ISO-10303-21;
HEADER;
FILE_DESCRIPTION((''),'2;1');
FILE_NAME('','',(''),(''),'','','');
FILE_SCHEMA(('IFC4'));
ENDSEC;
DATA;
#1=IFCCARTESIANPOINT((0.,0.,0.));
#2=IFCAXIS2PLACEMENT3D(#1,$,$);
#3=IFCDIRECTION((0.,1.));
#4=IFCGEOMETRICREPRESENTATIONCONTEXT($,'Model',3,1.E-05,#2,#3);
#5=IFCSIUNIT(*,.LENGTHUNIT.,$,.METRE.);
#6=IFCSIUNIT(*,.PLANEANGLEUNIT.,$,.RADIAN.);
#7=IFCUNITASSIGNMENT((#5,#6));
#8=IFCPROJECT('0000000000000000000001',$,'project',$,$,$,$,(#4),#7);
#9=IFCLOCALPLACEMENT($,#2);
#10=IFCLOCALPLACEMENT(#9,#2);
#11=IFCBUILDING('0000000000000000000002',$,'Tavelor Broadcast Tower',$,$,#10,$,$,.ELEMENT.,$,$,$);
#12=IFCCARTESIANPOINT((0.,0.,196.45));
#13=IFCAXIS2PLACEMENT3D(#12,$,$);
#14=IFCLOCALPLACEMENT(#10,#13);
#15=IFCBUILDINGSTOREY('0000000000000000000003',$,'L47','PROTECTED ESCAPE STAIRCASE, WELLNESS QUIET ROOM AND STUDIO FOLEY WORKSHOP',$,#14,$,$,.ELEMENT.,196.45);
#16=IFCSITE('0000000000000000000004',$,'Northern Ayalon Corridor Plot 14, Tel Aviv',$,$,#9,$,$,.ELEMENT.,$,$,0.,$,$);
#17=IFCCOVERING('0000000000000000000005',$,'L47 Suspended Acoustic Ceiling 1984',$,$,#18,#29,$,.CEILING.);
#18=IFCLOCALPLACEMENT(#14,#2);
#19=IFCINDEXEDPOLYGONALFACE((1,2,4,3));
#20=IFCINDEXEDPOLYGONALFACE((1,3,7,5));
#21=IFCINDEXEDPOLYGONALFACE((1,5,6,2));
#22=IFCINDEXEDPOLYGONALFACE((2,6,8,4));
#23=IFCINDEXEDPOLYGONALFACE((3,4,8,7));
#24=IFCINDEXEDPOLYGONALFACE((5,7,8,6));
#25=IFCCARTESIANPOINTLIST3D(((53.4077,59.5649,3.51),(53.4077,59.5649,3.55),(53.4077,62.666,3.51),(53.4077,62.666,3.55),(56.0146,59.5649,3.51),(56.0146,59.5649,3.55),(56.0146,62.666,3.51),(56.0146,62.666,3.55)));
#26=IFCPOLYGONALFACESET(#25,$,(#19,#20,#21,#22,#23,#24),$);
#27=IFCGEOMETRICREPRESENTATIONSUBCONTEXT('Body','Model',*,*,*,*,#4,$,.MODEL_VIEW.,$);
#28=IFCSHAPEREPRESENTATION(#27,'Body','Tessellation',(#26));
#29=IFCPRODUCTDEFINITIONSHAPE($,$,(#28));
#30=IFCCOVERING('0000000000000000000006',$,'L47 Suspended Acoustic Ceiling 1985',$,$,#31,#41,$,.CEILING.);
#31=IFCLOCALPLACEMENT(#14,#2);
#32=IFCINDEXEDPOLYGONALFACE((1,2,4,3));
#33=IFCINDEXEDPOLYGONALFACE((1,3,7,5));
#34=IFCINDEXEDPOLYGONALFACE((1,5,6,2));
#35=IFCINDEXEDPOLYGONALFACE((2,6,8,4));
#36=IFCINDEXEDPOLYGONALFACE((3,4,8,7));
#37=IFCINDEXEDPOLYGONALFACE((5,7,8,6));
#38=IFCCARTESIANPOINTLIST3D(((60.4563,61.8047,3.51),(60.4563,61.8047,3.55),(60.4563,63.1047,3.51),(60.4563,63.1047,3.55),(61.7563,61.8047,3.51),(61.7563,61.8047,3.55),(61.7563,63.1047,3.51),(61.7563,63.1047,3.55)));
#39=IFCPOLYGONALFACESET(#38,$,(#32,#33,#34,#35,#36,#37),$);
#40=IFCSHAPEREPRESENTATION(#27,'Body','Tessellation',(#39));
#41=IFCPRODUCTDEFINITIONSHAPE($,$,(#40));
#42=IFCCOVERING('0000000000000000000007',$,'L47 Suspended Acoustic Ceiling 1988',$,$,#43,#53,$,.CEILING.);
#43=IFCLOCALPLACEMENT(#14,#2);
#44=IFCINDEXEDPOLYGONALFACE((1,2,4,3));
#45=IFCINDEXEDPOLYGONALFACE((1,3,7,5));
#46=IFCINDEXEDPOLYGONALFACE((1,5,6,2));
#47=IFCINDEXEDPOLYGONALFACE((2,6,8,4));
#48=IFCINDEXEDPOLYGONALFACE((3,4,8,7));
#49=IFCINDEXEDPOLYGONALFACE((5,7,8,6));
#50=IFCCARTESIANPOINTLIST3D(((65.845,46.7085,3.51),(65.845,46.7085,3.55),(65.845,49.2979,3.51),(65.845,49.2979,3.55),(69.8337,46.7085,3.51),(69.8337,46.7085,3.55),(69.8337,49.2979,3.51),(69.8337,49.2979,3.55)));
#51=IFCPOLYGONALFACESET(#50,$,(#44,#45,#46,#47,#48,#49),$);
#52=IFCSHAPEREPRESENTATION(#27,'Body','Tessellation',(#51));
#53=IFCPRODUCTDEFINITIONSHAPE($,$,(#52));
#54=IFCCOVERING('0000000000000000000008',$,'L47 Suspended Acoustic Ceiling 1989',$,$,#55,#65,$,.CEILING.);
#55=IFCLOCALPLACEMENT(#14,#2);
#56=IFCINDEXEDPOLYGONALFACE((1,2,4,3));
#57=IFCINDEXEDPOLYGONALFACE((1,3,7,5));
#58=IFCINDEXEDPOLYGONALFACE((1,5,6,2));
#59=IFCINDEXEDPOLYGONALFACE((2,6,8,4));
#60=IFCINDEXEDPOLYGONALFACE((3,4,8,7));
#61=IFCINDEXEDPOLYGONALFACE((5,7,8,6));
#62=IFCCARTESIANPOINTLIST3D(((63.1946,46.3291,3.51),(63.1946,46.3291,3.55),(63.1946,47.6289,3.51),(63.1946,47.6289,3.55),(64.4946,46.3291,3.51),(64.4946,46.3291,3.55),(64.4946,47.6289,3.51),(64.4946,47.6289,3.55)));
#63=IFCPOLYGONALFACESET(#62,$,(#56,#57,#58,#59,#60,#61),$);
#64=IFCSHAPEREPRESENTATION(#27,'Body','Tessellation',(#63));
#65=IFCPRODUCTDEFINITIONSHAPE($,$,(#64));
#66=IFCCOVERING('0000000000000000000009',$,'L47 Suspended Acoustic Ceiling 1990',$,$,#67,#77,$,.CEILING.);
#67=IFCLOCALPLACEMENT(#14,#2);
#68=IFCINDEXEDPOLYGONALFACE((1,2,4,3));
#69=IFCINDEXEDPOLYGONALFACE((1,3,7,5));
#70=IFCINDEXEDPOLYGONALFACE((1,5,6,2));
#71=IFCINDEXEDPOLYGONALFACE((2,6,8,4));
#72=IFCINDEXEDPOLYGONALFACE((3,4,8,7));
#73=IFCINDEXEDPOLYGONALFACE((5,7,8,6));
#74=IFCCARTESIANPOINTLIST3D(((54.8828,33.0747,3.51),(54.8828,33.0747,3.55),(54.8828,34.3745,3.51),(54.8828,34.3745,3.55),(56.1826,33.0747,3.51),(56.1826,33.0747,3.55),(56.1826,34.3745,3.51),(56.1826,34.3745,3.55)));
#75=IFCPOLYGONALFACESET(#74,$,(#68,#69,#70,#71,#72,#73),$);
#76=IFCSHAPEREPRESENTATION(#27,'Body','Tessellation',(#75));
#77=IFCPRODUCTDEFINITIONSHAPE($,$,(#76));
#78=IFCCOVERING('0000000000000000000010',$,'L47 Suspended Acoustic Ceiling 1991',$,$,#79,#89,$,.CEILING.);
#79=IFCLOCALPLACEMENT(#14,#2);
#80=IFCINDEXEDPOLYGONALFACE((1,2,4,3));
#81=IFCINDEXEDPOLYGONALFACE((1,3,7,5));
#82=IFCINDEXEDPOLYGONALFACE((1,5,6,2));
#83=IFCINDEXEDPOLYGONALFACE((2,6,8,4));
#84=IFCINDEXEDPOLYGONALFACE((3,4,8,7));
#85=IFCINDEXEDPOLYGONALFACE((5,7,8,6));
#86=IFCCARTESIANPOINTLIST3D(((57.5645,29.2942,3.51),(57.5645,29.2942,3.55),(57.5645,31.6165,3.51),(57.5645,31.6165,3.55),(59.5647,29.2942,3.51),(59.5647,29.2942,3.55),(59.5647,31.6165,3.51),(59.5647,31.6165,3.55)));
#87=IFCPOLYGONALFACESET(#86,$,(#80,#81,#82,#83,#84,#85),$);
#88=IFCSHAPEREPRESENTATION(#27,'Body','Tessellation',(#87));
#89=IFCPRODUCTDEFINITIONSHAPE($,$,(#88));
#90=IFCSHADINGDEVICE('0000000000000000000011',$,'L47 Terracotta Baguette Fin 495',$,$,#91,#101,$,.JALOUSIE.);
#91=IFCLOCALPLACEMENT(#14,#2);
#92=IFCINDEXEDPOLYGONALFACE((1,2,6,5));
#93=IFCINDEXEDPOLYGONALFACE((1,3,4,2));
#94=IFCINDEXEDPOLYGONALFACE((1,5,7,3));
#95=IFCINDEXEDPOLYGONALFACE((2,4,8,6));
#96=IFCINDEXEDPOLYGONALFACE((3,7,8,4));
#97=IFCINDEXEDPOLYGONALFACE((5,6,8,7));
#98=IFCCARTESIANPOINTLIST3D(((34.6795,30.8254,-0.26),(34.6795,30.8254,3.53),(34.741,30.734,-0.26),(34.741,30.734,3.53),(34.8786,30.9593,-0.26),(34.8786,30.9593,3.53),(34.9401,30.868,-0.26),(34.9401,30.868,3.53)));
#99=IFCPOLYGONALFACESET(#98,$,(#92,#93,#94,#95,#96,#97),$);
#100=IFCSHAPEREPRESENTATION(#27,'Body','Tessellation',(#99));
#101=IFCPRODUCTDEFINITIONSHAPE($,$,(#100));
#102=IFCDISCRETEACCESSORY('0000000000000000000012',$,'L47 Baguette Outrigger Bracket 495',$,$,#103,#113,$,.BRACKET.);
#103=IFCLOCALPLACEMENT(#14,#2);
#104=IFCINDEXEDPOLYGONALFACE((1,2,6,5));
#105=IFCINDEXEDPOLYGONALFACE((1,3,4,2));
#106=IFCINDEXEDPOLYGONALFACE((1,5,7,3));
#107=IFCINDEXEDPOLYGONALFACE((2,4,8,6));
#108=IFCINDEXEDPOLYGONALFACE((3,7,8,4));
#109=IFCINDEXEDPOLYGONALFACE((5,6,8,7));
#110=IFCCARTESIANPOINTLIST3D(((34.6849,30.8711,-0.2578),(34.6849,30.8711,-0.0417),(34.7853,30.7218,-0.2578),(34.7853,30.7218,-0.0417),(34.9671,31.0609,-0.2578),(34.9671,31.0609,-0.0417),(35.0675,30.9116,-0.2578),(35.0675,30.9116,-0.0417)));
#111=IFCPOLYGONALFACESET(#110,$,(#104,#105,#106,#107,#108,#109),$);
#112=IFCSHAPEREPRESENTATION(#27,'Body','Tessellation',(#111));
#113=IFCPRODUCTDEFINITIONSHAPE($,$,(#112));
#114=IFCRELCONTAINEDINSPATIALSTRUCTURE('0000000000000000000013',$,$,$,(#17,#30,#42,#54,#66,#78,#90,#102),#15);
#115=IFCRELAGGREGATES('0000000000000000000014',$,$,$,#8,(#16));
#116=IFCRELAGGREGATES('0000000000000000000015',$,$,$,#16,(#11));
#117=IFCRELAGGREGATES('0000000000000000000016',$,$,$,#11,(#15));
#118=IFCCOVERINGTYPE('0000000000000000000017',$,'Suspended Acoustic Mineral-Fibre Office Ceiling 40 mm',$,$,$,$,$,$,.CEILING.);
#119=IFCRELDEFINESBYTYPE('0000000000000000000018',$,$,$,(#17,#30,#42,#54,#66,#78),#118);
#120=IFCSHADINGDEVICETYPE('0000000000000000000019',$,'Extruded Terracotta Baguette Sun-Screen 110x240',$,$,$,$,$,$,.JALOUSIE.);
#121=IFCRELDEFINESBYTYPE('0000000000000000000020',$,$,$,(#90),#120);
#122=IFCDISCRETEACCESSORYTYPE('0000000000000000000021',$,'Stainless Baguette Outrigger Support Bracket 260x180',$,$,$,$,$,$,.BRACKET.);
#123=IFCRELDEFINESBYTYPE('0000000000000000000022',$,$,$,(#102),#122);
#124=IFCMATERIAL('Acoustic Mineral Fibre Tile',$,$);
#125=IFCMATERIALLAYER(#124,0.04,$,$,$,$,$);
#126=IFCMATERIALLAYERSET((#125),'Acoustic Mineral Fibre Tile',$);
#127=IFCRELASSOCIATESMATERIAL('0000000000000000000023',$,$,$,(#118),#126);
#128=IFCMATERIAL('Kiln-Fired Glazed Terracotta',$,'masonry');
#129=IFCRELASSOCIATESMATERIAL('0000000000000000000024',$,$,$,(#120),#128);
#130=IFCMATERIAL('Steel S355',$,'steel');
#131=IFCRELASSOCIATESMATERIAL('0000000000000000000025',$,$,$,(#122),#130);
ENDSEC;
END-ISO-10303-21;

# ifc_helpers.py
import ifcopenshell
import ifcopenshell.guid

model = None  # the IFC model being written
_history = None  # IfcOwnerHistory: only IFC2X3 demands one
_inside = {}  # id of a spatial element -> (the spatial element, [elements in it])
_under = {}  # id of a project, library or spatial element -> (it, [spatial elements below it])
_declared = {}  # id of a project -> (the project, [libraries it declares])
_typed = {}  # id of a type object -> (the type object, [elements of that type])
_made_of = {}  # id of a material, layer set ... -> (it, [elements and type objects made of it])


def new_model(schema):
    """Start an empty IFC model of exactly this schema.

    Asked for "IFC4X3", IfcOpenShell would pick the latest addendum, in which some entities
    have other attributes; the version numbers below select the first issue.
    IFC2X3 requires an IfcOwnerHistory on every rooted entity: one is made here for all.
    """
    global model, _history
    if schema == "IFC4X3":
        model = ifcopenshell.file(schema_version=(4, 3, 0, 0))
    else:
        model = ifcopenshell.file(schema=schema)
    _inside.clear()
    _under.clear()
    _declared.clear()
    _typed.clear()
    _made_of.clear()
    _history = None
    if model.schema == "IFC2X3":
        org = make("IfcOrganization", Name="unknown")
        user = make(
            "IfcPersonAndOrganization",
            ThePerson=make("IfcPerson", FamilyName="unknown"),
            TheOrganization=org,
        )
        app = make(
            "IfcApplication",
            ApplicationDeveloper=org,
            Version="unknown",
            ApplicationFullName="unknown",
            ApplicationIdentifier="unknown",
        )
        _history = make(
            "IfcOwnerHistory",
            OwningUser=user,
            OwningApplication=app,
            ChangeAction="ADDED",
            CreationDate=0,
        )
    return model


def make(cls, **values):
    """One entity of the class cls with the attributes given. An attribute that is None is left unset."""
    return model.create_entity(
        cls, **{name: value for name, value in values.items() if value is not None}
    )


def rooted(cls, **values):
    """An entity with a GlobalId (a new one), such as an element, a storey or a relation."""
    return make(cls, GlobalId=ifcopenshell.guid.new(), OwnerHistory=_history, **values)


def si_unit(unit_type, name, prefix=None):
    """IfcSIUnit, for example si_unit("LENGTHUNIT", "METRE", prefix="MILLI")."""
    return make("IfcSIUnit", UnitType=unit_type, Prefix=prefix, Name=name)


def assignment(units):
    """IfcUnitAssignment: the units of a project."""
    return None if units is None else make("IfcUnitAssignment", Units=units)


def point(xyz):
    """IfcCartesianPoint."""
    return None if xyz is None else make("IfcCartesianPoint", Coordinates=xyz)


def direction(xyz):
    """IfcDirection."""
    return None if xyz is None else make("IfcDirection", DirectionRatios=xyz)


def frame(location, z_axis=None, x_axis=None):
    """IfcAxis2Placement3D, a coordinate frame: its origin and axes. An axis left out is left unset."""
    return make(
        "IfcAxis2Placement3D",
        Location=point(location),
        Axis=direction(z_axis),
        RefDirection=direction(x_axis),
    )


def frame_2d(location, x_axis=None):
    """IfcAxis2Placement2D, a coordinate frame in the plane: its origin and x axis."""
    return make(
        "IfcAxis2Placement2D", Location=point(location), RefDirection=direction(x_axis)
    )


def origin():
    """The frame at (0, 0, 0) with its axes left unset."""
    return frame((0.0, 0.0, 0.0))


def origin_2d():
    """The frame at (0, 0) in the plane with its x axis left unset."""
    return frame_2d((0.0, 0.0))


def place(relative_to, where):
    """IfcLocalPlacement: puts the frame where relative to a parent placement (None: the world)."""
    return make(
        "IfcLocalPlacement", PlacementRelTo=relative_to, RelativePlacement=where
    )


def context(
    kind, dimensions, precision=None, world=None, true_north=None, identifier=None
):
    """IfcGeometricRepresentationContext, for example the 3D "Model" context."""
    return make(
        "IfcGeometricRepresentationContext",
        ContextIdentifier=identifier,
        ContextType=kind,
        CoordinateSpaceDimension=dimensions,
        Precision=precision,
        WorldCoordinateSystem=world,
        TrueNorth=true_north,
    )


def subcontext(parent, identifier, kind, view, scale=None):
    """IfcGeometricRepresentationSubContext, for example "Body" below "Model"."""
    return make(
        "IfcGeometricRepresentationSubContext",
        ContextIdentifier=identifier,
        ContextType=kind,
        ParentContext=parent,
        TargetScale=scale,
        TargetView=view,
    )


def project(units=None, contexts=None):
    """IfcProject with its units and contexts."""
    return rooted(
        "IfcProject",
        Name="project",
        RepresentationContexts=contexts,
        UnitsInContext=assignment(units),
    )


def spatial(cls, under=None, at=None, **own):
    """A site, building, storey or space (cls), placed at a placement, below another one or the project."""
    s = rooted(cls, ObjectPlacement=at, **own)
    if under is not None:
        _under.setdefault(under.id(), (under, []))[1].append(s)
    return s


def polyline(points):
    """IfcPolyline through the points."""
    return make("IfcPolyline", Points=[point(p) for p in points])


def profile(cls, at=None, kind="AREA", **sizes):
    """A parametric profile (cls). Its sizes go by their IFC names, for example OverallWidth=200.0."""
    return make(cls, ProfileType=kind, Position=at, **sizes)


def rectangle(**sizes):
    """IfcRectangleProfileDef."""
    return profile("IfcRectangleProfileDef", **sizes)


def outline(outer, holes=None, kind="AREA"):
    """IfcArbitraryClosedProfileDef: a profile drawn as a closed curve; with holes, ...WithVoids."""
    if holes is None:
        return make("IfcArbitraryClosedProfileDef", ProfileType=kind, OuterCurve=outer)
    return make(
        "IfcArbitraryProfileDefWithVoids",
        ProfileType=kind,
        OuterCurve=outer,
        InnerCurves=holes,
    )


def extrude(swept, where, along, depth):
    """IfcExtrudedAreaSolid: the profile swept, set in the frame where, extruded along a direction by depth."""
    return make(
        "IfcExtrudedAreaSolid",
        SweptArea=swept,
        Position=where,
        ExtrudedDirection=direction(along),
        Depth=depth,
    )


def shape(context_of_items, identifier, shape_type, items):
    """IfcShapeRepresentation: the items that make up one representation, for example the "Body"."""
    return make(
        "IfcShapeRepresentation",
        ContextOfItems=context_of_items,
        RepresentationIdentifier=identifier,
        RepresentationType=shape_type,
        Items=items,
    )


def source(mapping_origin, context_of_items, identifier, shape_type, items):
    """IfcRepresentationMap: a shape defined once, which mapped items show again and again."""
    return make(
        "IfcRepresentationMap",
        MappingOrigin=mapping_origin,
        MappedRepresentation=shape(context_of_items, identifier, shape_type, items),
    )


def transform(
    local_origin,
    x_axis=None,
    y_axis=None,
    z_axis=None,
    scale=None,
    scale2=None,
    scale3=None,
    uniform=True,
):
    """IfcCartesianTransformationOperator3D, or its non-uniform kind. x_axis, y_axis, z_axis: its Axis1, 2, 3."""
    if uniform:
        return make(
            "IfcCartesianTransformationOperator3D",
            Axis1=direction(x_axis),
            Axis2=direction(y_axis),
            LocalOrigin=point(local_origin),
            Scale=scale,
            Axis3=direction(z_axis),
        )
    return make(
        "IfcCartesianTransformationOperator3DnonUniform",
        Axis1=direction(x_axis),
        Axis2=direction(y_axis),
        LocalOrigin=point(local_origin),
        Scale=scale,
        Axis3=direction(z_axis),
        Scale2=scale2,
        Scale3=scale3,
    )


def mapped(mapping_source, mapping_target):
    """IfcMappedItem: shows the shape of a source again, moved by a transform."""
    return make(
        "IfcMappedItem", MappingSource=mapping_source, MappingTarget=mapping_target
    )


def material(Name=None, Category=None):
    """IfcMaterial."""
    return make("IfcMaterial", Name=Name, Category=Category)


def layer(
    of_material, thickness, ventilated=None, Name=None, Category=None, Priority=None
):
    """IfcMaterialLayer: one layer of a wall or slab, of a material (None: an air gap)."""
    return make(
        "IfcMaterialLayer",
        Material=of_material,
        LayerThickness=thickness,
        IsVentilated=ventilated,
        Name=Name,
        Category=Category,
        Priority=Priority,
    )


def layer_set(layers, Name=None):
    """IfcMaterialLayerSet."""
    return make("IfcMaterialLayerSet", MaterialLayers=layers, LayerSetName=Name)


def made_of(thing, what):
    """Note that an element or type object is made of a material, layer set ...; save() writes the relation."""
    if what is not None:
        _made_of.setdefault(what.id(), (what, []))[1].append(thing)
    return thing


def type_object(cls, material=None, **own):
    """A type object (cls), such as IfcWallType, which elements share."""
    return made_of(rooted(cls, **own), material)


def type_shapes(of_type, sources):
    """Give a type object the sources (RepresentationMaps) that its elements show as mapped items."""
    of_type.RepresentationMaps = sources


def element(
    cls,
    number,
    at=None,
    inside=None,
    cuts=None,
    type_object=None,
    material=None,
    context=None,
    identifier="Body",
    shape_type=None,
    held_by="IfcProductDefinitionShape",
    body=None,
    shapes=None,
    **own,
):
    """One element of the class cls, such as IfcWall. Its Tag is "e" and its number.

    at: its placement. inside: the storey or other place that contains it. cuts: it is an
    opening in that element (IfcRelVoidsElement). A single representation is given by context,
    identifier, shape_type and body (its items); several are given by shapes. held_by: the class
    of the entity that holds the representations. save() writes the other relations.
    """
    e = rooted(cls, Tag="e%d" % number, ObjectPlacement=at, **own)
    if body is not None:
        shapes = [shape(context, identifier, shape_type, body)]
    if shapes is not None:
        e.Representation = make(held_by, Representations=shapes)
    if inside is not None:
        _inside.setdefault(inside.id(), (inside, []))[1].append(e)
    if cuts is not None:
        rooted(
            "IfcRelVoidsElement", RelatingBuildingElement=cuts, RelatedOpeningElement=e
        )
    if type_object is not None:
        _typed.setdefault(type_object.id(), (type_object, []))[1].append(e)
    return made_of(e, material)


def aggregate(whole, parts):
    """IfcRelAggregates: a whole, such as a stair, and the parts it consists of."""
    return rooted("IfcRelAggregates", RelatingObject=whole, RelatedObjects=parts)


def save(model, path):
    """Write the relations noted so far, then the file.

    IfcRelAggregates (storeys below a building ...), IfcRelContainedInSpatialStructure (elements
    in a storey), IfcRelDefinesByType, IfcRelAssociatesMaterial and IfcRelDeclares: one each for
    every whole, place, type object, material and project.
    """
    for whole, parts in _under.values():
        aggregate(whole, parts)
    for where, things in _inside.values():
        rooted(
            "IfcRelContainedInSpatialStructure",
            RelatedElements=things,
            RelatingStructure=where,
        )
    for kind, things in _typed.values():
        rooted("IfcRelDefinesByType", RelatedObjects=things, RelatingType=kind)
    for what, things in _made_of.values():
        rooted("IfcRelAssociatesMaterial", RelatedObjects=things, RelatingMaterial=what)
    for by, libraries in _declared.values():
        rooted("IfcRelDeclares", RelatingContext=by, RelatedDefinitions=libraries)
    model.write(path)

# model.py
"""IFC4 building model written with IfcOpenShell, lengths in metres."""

from ifc_helpers import new_model, si_unit, direction, frame, origin, origin_2d, place, context, subcontext, project, spatial, polyline, rectangle, outline, extrude, source, transform, mapped, material, layer, layer_set, type_object, type_shapes, element, save


model = new_model("IFC4")

# Units and contexts
model_context = context("Model", 3, precision=1e-05, world=origin(), true_north=direction((0.0, 1.0)))
body_context = subcontext(model_context, "Body", "Model", "MODEL_VIEW")
ifc_project = project(units=[si_unit("LENGTHUNIT", "METRE"), si_unit("PLANEANGLEUNIT", "RADIAN")], contexts=[model_context])

# Site, building, storey
site_placement = place(None, origin())
site = spatial("IfcSite", under=ifc_project, at=site_placement, Name="Northern Ayalon Corridor Plot 14, Tel Aviv", CompositionType="ELEMENT", RefElevation=0.0)
building_placement = place(site_placement, origin())
building = spatial("IfcBuilding", under=site, at=building_placement, Name="Tavelor Broadcast Tower", CompositionType="ELEMENT")
storey_placement = place(building_placement, frame((0.0, 0.0, 196.45)))
storey = spatial("IfcBuildingStorey", under=building, at=storey_placement, Name="L47", Description="PROTECTED ESCAPE STAIRCASE, WELLNESS QUIET ROOM AND STUDIO FOLEY WORKSHOP", CompositionType="ELEMENT", Elevation=196.45)

# Coverings
ifc_material_1 = material(Name="Acoustic Mineral Fibre Tile")
ifc_layer_1 = layer(ifc_material_1, 0.04)
ifc_layer_set_1 = layer_set([ifc_layer_1], Name="Acoustic Mineral Fibre Tile")
covering_type_1 = type_object("IfcCoveringType", Name="Suspended Acoustic Mineral-Fibre Office Ceiling 40 mm", PredefinedType="CEILING", material=ifc_layer_set_1)
covering_1_placement = place(storey_placement, frame((0.0, 0.0, 3.51)))
element("IfcCovering", 1, at=covering_1_placement, inside=storey, type_object=covering_type_1, Name="L47 Suspended Acoustic Ceiling 1984", PredefinedType="CEILING", context=body_context, shape_type="SweptSolid", body=[
    extrude(outline(polyline([(53.4077, 59.5649), (56.0146, 59.5649), (56.0146, 62.666), (53.4077, 62.666), (53.4077, 59.5649)])), origin(), (0.0, 0.0, 1.0), 0.04),
])
covering_2_placement = place(storey_placement, frame((0.0, 0.0, 3.51)))
element("IfcCovering", 2, at=covering_2_placement, inside=storey, type_object=covering_type_1, Name="L47 Suspended Acoustic Ceiling 1985", PredefinedType="CEILING", context=body_context, shape_type="SweptSolid", body=[
    extrude(outline(polyline([(60.4563, 61.8047), (61.7563, 61.8047), (61.7563, 63.1047), (60.4563, 63.1047), (60.4563, 61.8047)])), origin(), (0.0, 0.0, 1.0), 0.04),
])
covering_3_placement = place(storey_placement, frame((0.0, 0.0, 3.51)))
element("IfcCovering", 3, at=covering_3_placement, inside=storey, type_object=covering_type_1, Name="L47 Suspended Acoustic Ceiling 1988", PredefinedType="CEILING", context=body_context, shape_type="SweptSolid", body=[
    extrude(outline(polyline([(65.845, 46.7085), (69.8337, 46.7085), (69.8337, 49.2979), (65.845, 49.2979), (65.845, 46.7085)])), origin(), (0.0, 0.0, 1.0), 0.04),
])
covering_4_placement = place(storey_placement, frame((0.0, 0.0, 3.51)))
element("IfcCovering", 4, at=covering_4_placement, inside=storey, type_object=covering_type_1, Name="L47 Suspended Acoustic Ceiling 1989", PredefinedType="CEILING", context=body_context, shape_type="SweptSolid", body=[
    extrude(outline(polyline([(63.1946, 46.3291), (64.4946, 46.3291), (64.4946, 47.6289), (63.1946, 47.6289), (63.1946, 46.3291)])), origin(), (0.0, 0.0, 1.0), 0.04),
])
covering_5_placement = place(storey_placement, frame((0.0, 0.0, 3.51)))
element("IfcCovering", 5, at=covering_5_placement, inside=storey, type_object=covering_type_1, Name="L47 Suspended Acoustic Ceiling 1990", PredefinedType="CEILING", context=body_context, shape_type="SweptSolid", body=[
    extrude(outline(polyline([(54.8828, 33.0747), (56.1826, 33.0747), (56.1826, 34.3745), (54.8828, 34.3745), (54.8828, 33.0747)])), origin(), (0.0, 0.0, 1.0), 0.04),
])
covering_6_placement = place(storey_placement, frame((0.0, 0.0, 3.51)))
element("IfcCovering", 6, at=covering_6_placement, inside=storey, type_object=covering_type_1, Name="L47 Suspended Acoustic Ceiling 1991", PredefinedType="CEILING", context=body_context, shape_type="SweptSolid", body=[
    extrude(outline(polyline([(57.5645, 29.2942), (59.5647, 29.2942), (59.5647, 31.6165), (57.5645, 31.6165), (57.5645, 29.2942)])), origin(), (0.0, 0.0, 1.0), 0.04),
])

# Shading device
ifc_material_2 = material(Name="Kiln-Fired Glazed Terracotta", Category="masonry")
shading_device_type = type_object("IfcShadingDeviceType", Name="Extruded Terracotta Baguette Sun-Screen 110x240", PredefinedType="JALOUSIE", material=ifc_material_2)
shared_shape_1 = source(origin(), body_context, "Body", "SweptSolid", [
    extrude(rectangle(XDim=0.1101, YDim=0.24, at=origin_2d()), origin(), (0.0, 0.0, 1.0), 3.79),
])
type_shapes(shading_device_type, [shared_shape_1])
shading_device_placement = place(storey_placement, frame((34.8098, 30.8467, -0.26), z_axis=(0.0, 0.0, 1.0), x_axis=(0.55818, -0.82972, 0.0)))
element("IfcShadingDevice", 7, at=shading_device_placement, inside=storey, type_object=shading_device_type, Name="L47 Terracotta Baguette Fin 495", PredefinedType="JALOUSIE", context=body_context, shape_type="MappedRepresentation", body=[
    mapped(shared_shape_1, transform((0.0, 0.0, 0.0), scale=1.0)),
])

# Discrete accessory
ifc_material_3 = material(Name="Steel S355", Category="steel")
discrete_accessory_type = type_object("IfcDiscreteAccessoryType", Name="Stainless Baguette Outrigger Support Bracket 260x180", PredefinedType="BRACKET", material=ifc_material_3)
shared_shape_2 = source(origin(), body_context, "Body", "SweptSolid", [
    extrude(rectangle(XDim=0.1799, YDim=0.3401, at=origin_2d()), origin(), (0.0, 0.0, 1.0), 0.2161),
])
type_shapes(discrete_accessory_type, [shared_shape_2])
discrete_accessory_placement = place(storey_placement, frame((34.8762, 30.8914, -0.2578), z_axis=(0.0, 0.0, 1.0), x_axis=(0.55818, -0.82972, 0.0)))
element("IfcDiscreteAccessory", 8, at=discrete_accessory_placement, inside=storey, type_object=discrete_accessory_type, Name="L47 Baguette Outrigger Bracket 495", PredefinedType="BRACKET", context=body_context, shape_type="MappedRepresentation", body=[
    mapped(shared_shape_2, transform((0.0, 0.0, 0.0), scale=1.0)),
])

save(model, "model.ifc")
